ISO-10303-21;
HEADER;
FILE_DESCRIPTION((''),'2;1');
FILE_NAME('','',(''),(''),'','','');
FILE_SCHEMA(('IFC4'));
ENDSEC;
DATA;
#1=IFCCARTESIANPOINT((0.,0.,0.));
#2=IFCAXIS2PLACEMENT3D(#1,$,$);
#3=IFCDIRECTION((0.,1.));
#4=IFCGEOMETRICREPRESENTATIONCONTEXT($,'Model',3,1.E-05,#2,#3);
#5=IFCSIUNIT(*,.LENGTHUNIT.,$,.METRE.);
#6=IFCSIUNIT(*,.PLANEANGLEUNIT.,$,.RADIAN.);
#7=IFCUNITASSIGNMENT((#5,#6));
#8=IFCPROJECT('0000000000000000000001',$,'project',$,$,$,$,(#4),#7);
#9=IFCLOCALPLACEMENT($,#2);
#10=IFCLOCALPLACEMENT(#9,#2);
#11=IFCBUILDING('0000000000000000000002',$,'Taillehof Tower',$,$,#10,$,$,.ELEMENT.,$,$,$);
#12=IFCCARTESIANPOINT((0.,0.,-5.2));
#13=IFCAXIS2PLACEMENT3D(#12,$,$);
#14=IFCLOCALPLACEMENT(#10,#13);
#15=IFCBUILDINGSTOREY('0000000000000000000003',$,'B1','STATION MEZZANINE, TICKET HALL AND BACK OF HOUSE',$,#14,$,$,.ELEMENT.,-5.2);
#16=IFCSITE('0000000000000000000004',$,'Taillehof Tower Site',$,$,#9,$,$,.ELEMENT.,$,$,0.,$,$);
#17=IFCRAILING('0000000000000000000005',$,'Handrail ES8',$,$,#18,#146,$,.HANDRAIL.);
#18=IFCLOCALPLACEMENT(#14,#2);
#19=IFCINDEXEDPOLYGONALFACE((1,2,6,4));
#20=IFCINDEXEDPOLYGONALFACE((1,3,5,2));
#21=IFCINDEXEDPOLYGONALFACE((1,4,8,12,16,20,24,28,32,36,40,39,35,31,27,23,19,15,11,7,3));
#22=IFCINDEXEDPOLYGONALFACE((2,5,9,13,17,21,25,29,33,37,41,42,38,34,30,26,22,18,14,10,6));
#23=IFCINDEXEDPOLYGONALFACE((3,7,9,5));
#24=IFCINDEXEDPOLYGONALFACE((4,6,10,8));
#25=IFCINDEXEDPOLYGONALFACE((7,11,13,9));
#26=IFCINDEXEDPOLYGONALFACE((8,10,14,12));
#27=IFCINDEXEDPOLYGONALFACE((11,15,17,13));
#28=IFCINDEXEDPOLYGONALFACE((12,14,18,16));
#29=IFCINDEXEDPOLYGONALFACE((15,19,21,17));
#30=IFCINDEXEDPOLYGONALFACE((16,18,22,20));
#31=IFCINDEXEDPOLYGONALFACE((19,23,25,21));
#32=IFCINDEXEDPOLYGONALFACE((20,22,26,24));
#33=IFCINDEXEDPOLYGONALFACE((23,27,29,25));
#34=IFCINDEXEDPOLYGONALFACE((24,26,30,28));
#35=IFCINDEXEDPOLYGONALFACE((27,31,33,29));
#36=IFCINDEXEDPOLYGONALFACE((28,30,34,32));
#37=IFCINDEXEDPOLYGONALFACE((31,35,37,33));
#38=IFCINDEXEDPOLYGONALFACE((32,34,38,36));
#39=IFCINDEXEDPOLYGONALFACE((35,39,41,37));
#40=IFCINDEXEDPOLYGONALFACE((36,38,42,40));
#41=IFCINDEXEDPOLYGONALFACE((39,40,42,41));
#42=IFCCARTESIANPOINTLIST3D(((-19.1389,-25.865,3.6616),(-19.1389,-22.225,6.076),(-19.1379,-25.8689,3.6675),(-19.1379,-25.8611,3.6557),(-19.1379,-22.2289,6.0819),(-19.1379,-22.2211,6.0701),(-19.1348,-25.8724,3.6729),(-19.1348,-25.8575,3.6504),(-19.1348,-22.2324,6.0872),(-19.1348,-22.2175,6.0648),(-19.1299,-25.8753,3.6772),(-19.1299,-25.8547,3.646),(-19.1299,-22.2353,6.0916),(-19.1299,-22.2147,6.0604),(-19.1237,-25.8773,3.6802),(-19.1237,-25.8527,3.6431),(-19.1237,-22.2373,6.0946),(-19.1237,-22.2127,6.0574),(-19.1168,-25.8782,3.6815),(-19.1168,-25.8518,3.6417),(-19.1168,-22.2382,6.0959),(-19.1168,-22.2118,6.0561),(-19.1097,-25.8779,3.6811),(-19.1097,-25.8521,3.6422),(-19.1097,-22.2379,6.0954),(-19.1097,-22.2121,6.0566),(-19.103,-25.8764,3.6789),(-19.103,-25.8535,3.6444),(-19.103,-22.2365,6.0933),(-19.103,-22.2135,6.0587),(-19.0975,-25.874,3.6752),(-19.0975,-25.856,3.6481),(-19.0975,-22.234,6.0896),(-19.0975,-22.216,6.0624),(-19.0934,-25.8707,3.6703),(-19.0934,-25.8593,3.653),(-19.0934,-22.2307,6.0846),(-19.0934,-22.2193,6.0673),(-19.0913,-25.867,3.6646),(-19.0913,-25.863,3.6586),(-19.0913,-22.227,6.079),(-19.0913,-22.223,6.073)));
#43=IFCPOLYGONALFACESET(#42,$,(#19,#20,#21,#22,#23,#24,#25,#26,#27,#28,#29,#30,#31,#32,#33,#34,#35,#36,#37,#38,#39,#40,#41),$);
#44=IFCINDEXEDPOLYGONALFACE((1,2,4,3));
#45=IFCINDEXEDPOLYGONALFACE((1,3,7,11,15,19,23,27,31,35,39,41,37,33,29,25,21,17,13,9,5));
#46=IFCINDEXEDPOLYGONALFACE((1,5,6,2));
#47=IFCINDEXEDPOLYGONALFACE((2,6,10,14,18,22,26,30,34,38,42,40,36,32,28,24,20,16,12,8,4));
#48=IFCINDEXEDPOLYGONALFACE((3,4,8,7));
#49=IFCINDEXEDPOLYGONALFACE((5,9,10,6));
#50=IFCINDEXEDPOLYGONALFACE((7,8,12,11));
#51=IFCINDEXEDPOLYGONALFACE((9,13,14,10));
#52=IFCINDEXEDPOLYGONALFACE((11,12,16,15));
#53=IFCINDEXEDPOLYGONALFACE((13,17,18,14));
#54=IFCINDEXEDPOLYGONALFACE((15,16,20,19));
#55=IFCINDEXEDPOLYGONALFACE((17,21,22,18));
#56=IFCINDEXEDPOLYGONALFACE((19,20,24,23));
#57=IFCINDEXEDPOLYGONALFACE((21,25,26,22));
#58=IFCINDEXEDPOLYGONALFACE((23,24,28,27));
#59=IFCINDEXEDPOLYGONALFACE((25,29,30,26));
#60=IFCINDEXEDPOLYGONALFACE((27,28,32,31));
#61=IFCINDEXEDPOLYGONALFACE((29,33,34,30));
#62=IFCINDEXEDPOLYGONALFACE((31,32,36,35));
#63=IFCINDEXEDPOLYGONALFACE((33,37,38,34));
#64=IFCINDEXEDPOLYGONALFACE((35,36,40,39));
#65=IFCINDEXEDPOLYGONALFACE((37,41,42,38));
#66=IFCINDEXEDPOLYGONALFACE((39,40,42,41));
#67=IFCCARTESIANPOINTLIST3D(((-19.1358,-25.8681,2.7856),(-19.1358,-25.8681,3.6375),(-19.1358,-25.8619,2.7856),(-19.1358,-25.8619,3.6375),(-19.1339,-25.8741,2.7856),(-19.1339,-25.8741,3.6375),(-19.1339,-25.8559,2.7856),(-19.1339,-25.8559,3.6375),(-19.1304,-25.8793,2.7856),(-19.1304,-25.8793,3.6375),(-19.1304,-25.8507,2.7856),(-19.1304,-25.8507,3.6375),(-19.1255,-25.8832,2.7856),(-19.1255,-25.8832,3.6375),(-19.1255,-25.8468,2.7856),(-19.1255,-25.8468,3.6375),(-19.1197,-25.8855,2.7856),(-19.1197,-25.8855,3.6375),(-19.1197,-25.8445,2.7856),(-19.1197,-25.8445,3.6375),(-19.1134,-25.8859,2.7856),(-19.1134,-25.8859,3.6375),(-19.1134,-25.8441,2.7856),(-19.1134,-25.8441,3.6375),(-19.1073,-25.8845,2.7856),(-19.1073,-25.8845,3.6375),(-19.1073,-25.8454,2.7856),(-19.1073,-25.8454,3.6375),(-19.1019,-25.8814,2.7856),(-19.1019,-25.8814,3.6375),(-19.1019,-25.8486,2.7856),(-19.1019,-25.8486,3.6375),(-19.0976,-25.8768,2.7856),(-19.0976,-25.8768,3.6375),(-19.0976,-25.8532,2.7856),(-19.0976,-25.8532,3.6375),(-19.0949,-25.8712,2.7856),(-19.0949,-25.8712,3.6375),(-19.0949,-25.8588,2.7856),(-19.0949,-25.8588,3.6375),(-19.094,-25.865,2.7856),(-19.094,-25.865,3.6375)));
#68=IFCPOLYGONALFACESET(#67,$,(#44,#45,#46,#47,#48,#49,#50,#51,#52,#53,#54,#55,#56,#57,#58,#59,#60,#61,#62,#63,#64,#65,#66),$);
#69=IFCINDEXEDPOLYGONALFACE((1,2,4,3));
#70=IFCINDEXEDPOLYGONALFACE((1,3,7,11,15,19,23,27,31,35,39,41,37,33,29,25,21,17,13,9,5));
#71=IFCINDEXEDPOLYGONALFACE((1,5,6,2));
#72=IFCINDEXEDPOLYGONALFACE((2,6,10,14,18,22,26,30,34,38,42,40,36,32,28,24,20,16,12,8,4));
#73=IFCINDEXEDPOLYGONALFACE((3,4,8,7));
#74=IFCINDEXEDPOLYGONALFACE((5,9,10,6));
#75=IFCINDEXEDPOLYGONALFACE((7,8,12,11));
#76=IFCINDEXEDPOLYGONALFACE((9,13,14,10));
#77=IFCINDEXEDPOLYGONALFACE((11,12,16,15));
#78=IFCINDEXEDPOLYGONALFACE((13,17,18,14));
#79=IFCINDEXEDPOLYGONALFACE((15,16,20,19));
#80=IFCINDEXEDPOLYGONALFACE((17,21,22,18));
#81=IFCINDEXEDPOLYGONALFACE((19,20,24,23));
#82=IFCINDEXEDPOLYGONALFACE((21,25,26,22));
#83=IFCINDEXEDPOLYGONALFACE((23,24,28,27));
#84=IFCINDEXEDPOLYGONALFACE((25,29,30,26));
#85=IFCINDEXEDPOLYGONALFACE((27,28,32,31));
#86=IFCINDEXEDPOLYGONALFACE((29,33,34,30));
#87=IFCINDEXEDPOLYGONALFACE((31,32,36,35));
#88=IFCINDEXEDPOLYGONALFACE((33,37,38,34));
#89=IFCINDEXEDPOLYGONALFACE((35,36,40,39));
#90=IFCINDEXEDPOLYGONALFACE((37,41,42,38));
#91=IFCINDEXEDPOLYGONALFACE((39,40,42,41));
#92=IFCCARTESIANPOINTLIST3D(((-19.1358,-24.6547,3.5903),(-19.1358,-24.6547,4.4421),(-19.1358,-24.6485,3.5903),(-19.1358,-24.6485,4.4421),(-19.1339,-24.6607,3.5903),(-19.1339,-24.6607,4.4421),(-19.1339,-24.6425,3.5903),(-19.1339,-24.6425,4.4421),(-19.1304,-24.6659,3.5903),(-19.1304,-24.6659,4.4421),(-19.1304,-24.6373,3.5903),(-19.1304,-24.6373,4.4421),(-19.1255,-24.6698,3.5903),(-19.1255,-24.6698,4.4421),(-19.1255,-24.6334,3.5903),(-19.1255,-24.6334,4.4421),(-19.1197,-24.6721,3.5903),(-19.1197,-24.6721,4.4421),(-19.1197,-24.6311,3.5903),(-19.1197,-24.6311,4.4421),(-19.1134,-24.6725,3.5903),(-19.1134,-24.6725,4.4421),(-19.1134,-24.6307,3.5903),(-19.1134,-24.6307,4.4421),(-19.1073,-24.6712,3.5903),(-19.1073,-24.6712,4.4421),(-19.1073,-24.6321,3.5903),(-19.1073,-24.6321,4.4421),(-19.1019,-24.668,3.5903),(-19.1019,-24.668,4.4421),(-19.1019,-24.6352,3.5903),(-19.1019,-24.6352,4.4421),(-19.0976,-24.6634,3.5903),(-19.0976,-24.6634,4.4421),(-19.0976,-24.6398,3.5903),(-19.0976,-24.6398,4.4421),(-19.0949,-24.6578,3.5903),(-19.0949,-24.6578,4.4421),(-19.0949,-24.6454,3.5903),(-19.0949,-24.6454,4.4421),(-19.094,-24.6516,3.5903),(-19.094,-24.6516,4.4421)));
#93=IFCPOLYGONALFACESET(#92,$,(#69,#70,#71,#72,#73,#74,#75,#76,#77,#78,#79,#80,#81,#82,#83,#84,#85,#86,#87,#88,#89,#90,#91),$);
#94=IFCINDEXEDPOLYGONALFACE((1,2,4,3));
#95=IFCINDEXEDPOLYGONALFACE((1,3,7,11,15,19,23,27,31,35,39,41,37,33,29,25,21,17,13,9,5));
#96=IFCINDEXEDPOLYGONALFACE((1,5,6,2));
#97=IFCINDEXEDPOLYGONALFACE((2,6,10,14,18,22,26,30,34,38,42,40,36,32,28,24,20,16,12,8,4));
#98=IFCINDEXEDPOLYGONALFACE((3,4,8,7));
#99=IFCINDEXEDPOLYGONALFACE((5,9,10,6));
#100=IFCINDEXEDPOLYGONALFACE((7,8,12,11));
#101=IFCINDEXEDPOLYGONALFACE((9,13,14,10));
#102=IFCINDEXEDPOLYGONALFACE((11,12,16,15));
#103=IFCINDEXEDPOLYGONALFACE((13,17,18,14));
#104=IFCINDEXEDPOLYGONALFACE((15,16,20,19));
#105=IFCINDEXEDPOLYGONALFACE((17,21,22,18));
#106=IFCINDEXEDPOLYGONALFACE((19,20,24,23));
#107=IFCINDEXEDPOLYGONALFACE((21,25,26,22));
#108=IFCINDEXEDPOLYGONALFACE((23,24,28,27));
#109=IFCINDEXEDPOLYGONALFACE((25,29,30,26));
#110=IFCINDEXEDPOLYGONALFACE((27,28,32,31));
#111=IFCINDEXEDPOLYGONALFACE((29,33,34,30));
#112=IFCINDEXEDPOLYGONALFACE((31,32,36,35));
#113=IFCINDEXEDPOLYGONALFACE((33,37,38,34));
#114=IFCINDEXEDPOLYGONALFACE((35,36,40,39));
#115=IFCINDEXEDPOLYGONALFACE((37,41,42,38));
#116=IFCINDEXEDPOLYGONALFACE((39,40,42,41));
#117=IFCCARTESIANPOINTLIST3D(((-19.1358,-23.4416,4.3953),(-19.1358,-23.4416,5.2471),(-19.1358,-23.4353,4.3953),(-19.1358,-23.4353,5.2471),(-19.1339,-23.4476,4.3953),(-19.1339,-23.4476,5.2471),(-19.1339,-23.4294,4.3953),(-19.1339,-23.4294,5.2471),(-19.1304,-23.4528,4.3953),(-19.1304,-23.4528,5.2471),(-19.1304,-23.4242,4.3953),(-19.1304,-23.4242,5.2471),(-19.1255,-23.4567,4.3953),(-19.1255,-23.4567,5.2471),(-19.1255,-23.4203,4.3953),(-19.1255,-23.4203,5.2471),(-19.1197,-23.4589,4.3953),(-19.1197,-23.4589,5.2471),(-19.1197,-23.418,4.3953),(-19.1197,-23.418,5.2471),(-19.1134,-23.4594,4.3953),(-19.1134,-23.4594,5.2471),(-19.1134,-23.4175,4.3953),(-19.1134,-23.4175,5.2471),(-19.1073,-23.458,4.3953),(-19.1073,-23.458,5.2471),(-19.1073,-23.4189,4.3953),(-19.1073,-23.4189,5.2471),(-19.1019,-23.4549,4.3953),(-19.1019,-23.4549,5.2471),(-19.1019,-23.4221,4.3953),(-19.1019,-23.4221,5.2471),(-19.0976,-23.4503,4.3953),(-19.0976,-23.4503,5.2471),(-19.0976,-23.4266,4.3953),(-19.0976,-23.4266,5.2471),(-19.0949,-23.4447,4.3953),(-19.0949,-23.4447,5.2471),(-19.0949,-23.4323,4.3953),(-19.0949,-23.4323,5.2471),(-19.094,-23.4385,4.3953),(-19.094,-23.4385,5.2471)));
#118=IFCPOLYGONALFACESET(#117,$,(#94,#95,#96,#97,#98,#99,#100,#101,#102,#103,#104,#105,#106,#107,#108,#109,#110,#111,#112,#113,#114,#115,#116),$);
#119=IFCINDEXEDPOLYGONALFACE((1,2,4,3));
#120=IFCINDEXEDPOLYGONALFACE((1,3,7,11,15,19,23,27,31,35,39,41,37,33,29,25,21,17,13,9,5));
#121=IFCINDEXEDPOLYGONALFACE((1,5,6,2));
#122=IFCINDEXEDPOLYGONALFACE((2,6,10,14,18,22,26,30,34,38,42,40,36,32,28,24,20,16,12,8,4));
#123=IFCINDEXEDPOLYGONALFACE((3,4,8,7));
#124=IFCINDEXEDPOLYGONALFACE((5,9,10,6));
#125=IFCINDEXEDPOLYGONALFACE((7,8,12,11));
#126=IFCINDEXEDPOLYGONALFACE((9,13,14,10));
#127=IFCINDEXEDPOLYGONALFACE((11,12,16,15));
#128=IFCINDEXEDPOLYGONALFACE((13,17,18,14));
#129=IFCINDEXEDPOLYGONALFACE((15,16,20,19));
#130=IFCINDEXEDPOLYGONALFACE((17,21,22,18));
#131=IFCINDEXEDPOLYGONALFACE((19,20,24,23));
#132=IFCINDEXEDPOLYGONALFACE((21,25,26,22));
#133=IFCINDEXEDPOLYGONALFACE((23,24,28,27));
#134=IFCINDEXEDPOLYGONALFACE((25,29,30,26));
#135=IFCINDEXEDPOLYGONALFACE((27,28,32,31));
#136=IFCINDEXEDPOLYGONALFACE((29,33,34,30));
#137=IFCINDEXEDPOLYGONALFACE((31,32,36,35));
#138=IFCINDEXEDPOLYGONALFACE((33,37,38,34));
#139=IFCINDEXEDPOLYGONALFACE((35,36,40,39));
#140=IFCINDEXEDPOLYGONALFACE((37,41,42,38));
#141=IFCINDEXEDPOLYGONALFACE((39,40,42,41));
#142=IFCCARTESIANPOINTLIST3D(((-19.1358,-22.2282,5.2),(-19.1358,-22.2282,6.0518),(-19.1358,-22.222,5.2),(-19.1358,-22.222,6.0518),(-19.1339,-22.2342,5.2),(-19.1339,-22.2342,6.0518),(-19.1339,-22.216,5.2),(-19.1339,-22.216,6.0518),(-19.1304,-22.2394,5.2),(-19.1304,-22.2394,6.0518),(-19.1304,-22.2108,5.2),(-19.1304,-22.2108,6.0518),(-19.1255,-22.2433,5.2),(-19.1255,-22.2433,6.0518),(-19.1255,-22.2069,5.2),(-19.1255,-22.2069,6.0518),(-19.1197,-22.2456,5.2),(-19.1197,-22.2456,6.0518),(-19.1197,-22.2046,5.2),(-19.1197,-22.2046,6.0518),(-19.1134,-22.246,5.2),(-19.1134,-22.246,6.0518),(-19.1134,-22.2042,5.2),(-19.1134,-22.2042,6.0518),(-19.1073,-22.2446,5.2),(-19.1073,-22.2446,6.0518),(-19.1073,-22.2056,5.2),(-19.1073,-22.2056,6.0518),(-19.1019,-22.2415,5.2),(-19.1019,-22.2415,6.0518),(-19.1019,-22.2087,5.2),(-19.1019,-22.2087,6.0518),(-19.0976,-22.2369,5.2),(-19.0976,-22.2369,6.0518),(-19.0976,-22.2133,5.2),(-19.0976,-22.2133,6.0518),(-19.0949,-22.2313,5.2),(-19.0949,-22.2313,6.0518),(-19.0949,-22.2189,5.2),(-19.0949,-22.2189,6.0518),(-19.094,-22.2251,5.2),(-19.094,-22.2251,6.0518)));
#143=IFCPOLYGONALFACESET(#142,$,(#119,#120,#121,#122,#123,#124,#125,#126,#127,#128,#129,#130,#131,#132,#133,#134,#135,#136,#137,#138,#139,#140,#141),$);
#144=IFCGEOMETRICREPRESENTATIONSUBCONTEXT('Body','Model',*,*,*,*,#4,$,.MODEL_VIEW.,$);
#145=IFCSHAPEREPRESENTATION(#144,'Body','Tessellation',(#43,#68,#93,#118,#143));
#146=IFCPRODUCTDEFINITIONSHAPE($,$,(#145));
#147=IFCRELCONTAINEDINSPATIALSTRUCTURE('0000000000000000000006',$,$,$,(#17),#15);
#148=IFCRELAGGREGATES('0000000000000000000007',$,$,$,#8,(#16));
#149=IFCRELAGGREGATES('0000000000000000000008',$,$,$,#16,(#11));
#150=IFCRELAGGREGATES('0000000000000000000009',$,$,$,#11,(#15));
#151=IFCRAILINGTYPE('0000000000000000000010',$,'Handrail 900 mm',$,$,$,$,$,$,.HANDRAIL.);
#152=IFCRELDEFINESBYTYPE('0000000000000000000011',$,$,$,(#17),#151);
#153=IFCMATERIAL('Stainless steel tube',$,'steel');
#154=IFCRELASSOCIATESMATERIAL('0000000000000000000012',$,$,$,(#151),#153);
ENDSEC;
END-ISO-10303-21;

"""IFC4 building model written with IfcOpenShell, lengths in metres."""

from ifc_helpers import new_model, si_unit, direction, frame, origin, origin_2d, place, context, subcontext, project, spatial, circle, extrude, material, type_object, element, save


model = new_model("IFC4")

# Units and contexts
model_context = context("Model", 3, precision=1e-05, world=origin(), true_north=direction((0.0, 1.0)))
body_context = subcontext(model_context, "Body", "Model", "MODEL_VIEW")
ifc_project = project(units=[si_unit("LENGTHUNIT", "METRE"), si_unit("PLANEANGLEUNIT", "RADIAN")], contexts=[model_context])

# Site, building, storey
site_placement = place(None, origin())
site = spatial("IfcSite", under=ifc_project, at=site_placement, Name="Taillehof Tower Site", CompositionType="ELEMENT", RefElevation=0.0)
building_placement = place(site_placement, origin())
building = spatial("IfcBuilding", under=site, at=building_placement, Name="Taillehof Tower", CompositionType="ELEMENT")
storey_placement = place(building_placement, frame((0.0, 0.0, -5.2)))
storey = spatial("IfcBuildingStorey", under=building, at=storey_placement, Name="B1", Description="STATION MEZZANINE, TICKET HALL AND BACK OF HOUSE", CompositionType="ELEMENT", Elevation=-5.2)

# Railing
ifc_material_1 = material(Name="Stainless steel tube", Category="steel")
railing_type = type_object("IfcRailingType", Name="Handrail 900 mm", PredefinedType="HANDRAIL", material=ifc_material_1)
for number, where, name in (
    (1, (-19.115, -25.865, 2.7856), "Handrail ES8"),
):
    element("IfcRailing", number, at=place(storey_placement, frame(where)), inside=storey, type_object=railing_type, Name=name, PredefinedType="HANDRAIL", context=body_context, shape_type="SweptSolid", body=[
        extrude(circle(Radius=0.0239, at=origin_2d()), frame((0.0, 0.0, 0.876), z_axis=(0.0, 0.833347, 0.552751), x_axis=(-1.0, 0.0, 0.0)), (0.0, 0.0, 1.0), 4.3679),
        extrude(circle(Radius=0.021, at=origin_2d()), origin(), (0.0, 0.0, 1.0), 0.8518),
        extrude(circle(Radius=0.021, at=origin_2d()), frame((0.0, 1.2134, 0.8047)), (0.0, 0.0, 1.0), 0.8518),
        extrude(circle(Radius=0.021, at=origin_2d()), frame((0.0, 2.4265, 1.6096)), (0.0, 0.0, 1.0), 0.8518),
        extrude(circle(Radius=0.021, at=origin_2d()), frame((0.0, 3.6399, 2.4143)), (0.0, 0.0, 1.0), 0.8518),
    ])

save(model, "model.ifc")
